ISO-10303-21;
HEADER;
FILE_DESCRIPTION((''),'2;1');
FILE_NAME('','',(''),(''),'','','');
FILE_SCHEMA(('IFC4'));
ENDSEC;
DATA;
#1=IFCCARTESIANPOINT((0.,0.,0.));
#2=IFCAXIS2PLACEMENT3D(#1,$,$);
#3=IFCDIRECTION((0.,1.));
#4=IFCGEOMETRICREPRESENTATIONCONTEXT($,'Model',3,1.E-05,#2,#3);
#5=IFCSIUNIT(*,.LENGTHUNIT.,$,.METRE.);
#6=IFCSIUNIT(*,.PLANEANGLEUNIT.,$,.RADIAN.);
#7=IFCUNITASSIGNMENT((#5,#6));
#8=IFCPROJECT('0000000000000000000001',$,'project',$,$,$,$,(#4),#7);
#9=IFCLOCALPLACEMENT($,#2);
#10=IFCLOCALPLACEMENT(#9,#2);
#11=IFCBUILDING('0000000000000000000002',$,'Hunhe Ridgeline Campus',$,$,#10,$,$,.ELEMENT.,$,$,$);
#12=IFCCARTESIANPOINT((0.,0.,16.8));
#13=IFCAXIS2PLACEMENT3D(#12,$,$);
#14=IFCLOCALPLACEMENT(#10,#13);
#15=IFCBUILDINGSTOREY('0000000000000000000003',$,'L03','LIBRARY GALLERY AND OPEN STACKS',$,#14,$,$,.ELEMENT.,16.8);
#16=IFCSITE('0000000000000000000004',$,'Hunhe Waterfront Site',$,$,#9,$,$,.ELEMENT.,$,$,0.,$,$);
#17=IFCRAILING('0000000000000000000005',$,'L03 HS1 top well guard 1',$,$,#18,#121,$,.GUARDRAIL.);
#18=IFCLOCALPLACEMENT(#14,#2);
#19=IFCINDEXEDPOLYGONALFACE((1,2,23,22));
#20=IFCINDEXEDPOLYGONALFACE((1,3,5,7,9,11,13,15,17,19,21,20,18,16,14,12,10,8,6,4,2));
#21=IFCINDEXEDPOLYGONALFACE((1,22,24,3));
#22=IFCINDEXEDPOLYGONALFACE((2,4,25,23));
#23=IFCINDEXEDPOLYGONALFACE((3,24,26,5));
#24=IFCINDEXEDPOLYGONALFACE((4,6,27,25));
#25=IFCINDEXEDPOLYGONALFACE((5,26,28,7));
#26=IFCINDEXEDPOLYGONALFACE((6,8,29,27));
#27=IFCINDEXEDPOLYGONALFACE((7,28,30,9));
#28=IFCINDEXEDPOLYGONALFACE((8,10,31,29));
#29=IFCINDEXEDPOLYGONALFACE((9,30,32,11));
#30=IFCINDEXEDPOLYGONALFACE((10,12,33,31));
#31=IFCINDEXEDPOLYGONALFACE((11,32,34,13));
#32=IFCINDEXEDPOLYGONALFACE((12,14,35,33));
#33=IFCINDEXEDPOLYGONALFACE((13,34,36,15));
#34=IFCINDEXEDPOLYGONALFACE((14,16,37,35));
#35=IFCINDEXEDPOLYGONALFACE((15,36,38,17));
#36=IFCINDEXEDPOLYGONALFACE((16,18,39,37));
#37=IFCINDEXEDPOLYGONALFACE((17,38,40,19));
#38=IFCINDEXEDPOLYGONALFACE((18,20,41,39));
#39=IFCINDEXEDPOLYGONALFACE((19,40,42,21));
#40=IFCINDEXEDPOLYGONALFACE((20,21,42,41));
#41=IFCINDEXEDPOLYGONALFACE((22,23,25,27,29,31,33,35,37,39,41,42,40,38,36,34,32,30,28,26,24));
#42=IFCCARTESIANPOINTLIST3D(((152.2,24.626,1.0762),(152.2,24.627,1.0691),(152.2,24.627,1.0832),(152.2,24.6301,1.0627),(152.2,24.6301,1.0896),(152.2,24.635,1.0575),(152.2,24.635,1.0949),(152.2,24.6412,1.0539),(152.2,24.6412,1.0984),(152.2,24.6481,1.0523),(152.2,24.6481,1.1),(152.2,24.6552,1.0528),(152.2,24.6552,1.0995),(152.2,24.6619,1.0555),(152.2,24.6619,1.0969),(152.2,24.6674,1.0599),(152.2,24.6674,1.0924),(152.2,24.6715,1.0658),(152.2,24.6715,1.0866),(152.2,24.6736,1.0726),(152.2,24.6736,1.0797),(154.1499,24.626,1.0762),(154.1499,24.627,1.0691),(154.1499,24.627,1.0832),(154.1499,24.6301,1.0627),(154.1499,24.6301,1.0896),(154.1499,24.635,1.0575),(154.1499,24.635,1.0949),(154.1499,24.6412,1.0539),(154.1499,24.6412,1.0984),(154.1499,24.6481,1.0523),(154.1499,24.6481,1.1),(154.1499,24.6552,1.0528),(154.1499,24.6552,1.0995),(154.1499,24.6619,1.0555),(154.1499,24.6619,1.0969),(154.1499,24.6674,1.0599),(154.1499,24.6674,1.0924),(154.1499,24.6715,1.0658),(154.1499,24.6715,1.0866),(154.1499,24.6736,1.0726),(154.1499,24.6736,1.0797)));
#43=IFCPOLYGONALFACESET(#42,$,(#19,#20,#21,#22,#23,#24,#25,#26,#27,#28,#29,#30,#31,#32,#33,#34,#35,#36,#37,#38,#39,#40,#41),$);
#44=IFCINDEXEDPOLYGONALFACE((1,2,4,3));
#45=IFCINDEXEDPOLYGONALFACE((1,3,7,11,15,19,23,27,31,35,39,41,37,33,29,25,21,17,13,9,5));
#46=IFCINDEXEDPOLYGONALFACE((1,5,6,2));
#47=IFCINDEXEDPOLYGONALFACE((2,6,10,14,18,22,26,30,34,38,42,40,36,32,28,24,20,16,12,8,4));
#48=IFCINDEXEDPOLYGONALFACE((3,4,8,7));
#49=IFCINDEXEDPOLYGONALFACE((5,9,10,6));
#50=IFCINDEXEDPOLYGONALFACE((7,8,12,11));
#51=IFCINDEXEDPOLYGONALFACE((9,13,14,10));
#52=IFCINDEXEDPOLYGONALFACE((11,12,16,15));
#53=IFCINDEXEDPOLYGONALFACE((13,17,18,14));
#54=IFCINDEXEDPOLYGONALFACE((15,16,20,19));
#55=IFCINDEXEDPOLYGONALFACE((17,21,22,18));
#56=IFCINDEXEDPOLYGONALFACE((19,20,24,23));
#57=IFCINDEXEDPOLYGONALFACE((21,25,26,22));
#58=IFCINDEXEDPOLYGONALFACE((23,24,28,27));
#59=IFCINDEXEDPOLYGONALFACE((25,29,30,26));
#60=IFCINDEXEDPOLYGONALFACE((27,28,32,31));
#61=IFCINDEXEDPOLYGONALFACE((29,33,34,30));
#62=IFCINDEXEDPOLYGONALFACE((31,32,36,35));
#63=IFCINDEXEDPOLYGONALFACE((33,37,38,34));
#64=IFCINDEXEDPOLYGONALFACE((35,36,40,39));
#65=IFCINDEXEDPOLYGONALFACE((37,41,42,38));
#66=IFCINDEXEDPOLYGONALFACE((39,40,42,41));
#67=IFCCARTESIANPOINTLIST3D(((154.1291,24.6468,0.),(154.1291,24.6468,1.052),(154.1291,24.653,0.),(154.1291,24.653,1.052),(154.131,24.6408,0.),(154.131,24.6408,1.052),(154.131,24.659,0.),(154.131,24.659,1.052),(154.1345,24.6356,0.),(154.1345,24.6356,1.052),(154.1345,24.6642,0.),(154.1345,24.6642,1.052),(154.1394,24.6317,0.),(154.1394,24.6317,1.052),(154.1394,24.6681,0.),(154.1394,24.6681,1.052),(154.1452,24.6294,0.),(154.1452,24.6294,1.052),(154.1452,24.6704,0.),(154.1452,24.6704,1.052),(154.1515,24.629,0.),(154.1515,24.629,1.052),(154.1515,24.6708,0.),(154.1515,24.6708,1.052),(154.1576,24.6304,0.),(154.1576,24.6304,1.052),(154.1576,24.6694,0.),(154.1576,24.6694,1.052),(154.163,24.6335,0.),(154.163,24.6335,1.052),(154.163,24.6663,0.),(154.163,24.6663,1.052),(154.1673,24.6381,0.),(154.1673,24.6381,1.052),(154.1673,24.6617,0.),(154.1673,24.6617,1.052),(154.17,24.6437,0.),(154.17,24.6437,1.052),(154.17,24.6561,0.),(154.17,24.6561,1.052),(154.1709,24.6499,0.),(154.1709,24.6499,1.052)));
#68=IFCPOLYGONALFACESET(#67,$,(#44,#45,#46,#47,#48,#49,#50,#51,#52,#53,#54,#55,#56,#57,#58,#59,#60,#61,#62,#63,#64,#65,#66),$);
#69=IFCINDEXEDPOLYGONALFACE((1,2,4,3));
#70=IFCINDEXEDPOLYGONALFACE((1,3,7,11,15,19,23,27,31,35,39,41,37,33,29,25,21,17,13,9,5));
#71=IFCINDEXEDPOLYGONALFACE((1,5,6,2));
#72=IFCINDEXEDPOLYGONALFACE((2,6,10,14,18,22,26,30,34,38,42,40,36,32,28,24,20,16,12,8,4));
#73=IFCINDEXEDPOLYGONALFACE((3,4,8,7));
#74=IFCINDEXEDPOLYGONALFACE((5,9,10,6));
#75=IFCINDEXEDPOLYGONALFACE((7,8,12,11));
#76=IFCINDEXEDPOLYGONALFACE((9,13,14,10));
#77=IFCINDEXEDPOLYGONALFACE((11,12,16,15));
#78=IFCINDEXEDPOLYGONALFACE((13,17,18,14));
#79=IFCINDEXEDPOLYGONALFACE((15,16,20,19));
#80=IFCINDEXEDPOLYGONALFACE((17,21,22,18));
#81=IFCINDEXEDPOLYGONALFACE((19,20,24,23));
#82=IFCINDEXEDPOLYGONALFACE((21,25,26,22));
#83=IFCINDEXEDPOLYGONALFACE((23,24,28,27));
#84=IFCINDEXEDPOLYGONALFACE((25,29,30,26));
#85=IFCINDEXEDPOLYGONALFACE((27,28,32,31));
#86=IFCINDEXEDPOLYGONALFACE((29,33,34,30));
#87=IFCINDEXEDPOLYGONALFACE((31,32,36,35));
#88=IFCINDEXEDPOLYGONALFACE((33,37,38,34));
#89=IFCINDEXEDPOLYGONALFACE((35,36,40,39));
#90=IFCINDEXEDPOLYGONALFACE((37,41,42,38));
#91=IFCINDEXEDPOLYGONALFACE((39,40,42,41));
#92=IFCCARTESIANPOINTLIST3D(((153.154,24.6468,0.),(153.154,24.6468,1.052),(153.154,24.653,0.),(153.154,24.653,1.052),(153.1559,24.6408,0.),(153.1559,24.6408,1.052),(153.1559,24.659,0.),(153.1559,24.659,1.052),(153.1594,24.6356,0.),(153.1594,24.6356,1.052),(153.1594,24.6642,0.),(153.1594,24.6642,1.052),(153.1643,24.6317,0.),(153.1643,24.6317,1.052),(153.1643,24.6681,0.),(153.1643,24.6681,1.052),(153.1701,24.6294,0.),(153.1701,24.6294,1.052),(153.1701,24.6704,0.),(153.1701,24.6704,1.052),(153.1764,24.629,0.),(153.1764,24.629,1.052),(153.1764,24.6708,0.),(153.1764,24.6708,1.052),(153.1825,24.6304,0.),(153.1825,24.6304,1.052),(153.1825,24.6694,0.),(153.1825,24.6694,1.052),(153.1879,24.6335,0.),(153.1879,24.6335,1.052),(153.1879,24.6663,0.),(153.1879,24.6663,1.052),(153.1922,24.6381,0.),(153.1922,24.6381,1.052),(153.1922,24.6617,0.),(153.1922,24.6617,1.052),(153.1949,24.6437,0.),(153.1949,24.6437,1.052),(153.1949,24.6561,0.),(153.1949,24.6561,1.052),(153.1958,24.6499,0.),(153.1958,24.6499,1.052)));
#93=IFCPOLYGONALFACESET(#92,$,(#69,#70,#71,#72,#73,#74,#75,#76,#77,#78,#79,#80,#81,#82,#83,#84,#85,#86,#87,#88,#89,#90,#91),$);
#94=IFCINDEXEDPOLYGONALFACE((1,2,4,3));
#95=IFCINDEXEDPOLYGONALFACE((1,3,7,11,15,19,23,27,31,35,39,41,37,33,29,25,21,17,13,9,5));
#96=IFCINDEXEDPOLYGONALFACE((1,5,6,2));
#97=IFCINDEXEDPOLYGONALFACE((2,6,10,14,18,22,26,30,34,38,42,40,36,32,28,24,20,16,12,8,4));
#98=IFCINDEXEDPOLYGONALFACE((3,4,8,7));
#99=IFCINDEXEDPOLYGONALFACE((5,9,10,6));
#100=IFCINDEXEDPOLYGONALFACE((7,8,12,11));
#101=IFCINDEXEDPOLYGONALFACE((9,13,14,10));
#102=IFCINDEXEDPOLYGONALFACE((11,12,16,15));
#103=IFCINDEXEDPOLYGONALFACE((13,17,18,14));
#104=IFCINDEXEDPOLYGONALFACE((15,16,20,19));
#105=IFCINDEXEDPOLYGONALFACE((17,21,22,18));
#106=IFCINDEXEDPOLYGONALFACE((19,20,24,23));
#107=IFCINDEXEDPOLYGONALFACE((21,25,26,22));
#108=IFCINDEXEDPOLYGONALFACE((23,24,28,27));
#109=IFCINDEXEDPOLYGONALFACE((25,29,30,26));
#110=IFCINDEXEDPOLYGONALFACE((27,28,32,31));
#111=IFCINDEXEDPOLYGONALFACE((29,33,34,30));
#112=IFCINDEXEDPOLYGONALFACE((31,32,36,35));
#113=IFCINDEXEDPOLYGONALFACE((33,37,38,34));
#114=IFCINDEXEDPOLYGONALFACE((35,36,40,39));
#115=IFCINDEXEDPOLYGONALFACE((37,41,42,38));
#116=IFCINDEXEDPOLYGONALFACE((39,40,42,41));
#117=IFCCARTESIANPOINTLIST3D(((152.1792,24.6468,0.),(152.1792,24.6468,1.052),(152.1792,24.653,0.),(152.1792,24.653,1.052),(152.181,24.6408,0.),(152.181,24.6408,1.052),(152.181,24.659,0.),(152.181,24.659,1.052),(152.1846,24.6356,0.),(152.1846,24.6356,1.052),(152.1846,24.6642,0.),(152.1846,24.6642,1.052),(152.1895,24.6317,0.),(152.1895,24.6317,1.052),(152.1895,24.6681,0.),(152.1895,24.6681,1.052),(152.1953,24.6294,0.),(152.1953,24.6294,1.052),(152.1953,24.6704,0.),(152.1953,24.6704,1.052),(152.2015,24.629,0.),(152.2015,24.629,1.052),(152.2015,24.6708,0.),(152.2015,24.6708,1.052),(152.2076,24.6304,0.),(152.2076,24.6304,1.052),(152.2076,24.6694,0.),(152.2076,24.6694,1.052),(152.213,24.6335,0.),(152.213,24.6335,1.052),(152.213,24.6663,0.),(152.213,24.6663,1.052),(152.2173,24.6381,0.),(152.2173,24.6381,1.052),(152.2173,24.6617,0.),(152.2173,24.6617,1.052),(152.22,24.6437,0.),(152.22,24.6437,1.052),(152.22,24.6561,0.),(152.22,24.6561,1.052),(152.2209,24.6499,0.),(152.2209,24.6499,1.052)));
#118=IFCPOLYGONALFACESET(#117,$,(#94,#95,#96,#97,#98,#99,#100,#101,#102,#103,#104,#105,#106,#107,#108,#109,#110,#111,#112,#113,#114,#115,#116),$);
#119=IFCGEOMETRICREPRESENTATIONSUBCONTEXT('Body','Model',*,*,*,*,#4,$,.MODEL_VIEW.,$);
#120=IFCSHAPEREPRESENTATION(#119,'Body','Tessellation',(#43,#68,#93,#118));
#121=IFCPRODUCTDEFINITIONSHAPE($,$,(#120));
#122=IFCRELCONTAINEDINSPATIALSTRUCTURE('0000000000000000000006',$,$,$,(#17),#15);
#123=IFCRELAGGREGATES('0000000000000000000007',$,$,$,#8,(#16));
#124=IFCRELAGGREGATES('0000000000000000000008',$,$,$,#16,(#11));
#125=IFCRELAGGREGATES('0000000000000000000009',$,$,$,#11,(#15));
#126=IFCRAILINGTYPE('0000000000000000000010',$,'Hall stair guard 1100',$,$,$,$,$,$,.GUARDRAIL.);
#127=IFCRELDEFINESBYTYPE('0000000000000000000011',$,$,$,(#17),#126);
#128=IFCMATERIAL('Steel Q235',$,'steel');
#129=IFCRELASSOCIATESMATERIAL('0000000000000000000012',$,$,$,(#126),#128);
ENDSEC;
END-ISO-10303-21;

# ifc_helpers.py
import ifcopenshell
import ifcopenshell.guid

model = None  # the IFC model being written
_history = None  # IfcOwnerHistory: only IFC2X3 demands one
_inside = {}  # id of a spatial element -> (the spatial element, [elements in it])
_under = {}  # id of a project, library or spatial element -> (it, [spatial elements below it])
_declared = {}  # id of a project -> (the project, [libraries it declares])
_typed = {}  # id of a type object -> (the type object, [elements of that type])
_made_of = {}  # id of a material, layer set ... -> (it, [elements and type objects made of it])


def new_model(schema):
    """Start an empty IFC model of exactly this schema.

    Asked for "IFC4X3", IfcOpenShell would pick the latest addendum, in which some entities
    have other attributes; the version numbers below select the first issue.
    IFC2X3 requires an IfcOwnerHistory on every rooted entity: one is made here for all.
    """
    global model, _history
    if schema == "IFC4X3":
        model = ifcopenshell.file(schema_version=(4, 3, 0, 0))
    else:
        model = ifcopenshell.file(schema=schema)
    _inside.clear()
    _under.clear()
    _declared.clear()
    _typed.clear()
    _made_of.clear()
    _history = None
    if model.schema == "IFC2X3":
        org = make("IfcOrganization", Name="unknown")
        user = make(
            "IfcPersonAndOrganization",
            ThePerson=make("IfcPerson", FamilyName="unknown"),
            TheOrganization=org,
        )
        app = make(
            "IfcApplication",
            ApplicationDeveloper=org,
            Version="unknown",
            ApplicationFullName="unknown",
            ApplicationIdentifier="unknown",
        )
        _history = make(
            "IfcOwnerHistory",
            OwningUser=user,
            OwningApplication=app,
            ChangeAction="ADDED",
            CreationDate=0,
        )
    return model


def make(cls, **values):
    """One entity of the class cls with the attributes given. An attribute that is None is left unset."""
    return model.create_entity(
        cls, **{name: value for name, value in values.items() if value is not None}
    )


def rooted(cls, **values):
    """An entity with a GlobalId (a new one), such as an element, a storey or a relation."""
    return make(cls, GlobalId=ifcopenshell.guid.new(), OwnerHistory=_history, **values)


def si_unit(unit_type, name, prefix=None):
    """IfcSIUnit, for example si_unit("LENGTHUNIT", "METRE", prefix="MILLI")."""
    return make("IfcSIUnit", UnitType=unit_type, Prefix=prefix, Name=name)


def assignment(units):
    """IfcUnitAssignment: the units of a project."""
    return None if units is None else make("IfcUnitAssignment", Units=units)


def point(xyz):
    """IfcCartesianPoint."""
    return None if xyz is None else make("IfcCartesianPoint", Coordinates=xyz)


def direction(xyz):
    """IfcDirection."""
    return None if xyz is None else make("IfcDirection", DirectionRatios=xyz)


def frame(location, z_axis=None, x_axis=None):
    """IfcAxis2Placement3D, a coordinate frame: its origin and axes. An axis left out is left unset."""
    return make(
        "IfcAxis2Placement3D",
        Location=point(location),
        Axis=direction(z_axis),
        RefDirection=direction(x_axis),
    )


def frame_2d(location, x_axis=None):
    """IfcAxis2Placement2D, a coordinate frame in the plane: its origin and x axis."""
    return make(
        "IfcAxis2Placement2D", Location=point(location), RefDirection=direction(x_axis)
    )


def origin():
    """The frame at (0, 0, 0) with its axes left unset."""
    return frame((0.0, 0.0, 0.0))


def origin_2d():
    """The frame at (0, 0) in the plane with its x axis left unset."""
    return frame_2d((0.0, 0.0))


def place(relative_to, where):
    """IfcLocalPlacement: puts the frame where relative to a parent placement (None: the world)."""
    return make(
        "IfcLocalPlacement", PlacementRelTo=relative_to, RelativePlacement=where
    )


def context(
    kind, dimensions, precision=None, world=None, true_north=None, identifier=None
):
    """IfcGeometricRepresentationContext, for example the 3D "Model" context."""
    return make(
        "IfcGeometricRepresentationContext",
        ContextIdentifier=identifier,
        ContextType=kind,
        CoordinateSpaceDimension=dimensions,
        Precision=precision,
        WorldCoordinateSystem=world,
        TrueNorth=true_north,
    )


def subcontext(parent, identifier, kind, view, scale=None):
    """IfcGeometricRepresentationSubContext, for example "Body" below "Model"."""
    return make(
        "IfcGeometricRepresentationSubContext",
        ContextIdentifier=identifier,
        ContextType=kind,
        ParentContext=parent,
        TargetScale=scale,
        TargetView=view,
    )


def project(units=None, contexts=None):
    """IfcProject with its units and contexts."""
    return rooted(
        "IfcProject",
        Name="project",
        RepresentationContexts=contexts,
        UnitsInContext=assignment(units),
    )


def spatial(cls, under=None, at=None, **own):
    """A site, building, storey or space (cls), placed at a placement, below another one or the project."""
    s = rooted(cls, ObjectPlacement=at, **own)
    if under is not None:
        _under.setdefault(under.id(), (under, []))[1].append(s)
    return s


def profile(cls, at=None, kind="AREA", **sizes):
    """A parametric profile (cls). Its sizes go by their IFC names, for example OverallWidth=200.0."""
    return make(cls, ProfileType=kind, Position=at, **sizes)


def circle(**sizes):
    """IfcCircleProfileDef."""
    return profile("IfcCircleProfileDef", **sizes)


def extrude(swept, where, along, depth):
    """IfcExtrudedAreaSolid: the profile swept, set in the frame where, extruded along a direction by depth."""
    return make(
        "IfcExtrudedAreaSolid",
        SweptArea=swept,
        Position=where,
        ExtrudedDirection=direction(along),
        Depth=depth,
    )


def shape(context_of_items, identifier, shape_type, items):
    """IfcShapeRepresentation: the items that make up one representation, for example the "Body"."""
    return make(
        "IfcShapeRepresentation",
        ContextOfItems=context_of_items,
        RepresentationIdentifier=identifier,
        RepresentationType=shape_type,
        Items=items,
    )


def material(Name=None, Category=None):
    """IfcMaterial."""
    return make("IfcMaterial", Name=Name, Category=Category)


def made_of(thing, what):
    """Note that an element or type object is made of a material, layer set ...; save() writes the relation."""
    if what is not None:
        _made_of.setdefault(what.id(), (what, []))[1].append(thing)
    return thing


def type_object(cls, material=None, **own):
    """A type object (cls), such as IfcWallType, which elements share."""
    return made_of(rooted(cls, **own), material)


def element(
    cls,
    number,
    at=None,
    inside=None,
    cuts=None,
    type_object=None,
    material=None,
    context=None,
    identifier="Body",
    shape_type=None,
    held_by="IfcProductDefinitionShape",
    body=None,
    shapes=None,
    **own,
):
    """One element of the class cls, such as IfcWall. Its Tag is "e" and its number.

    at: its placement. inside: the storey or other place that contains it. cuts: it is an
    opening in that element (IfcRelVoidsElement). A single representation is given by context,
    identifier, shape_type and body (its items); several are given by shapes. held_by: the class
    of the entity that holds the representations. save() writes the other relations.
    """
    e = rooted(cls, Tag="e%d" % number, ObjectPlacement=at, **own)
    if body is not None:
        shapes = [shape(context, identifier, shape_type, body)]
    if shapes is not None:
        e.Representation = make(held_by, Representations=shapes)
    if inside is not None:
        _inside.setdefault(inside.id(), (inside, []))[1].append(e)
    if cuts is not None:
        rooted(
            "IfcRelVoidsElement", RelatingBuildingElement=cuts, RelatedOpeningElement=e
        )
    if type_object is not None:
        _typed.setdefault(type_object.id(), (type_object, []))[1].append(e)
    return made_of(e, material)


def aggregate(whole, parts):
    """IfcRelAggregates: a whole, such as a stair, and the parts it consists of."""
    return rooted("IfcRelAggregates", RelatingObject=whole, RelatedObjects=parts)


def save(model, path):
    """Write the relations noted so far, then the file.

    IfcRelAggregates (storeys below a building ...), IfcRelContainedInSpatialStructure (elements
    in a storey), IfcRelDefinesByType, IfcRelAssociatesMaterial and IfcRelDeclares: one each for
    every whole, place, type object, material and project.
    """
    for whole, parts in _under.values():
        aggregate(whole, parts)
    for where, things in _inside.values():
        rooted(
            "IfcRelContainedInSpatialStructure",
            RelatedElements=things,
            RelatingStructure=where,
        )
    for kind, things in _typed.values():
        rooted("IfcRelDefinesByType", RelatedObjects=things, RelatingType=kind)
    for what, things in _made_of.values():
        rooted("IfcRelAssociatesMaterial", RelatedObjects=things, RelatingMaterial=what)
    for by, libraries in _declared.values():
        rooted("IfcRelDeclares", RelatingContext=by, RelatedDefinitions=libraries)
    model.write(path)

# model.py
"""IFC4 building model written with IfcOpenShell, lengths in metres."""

from ifc_helpers import new_model, si_unit, direction, frame, origin, origin_2d, place, context, subcontext, project, spatial, circle, extrude, material, type_object, element, save


model = new_model("IFC4")

# Units and contexts
model_context = context("Model", 3, precision=1e-05, world=origin(), true_north=direction((0.0, 1.0)))
body_context = subcontext(model_context, "Body", "Model", "MODEL_VIEW")
ifc_project = project(units=[si_unit("LENGTHUNIT", "METRE"), si_unit("PLANEANGLEUNIT", "RADIAN")], contexts=[model_context])

# Site, building, storey
site_placement = place(None, origin())
site = spatial("IfcSite", under=ifc_project, at=site_placement, Name="Hunhe Waterfront Site", CompositionType="ELEMENT", RefElevation=0.0)
building_placement = place(site_placement, origin())
building = spatial("IfcBuilding", under=site, at=building_placement, Name="Hunhe Ridgeline Campus", CompositionType="ELEMENT")
storey_placement = place(building_placement, frame((0.0, 0.0, 16.8)))
storey = spatial("IfcBuildingStorey", under=building, at=storey_placement, Name="L03", Description="LIBRARY GALLERY AND OPEN STACKS", CompositionType="ELEMENT", Elevation=16.8)

# Railing
ifc_material_1 = material(Name="Steel Q235", Category="steel")
railing_type = type_object("IfcRailingType", Name="Hall stair guard 1100", PredefinedType="GUARDRAIL", material=ifc_material_1)
railing_1_placement = place(storey_placement, frame((154.1499, 24.6499, 0.0)))
element("IfcRailing", 1, at=railing_1_placement, inside=storey, type_object=railing_type, Name="L03 HS1 top well guard 1", PredefinedType="GUARDRAIL", context=body_context, shape_type="SweptSolid", body=[
    extrude(circle(Radius=0.0239, at=origin_2d()), frame((0.0, 0.0, 1.0762), z_axis=(-1.0, 0.0, 0.0), x_axis=(0.0, -1.0, 0.0)), (0.0, 0.0, 1.0), 1.95),
    extrude(circle(Radius=0.021, at=origin_2d()), origin(), (0.0, 0.0, 1.0), 1.052),
    extrude(circle(Radius=0.021, at=origin_2d()), frame((-0.9751, 0.0, 0.0)), (0.0, 0.0, 1.0), 1.052),
    extrude(circle(Radius=0.021, at=origin_2d()), frame((-1.95, 0.0, 0.0)), (0.0, 0.0, 1.0), 1.052),
])

save(model, "model.ifc")
